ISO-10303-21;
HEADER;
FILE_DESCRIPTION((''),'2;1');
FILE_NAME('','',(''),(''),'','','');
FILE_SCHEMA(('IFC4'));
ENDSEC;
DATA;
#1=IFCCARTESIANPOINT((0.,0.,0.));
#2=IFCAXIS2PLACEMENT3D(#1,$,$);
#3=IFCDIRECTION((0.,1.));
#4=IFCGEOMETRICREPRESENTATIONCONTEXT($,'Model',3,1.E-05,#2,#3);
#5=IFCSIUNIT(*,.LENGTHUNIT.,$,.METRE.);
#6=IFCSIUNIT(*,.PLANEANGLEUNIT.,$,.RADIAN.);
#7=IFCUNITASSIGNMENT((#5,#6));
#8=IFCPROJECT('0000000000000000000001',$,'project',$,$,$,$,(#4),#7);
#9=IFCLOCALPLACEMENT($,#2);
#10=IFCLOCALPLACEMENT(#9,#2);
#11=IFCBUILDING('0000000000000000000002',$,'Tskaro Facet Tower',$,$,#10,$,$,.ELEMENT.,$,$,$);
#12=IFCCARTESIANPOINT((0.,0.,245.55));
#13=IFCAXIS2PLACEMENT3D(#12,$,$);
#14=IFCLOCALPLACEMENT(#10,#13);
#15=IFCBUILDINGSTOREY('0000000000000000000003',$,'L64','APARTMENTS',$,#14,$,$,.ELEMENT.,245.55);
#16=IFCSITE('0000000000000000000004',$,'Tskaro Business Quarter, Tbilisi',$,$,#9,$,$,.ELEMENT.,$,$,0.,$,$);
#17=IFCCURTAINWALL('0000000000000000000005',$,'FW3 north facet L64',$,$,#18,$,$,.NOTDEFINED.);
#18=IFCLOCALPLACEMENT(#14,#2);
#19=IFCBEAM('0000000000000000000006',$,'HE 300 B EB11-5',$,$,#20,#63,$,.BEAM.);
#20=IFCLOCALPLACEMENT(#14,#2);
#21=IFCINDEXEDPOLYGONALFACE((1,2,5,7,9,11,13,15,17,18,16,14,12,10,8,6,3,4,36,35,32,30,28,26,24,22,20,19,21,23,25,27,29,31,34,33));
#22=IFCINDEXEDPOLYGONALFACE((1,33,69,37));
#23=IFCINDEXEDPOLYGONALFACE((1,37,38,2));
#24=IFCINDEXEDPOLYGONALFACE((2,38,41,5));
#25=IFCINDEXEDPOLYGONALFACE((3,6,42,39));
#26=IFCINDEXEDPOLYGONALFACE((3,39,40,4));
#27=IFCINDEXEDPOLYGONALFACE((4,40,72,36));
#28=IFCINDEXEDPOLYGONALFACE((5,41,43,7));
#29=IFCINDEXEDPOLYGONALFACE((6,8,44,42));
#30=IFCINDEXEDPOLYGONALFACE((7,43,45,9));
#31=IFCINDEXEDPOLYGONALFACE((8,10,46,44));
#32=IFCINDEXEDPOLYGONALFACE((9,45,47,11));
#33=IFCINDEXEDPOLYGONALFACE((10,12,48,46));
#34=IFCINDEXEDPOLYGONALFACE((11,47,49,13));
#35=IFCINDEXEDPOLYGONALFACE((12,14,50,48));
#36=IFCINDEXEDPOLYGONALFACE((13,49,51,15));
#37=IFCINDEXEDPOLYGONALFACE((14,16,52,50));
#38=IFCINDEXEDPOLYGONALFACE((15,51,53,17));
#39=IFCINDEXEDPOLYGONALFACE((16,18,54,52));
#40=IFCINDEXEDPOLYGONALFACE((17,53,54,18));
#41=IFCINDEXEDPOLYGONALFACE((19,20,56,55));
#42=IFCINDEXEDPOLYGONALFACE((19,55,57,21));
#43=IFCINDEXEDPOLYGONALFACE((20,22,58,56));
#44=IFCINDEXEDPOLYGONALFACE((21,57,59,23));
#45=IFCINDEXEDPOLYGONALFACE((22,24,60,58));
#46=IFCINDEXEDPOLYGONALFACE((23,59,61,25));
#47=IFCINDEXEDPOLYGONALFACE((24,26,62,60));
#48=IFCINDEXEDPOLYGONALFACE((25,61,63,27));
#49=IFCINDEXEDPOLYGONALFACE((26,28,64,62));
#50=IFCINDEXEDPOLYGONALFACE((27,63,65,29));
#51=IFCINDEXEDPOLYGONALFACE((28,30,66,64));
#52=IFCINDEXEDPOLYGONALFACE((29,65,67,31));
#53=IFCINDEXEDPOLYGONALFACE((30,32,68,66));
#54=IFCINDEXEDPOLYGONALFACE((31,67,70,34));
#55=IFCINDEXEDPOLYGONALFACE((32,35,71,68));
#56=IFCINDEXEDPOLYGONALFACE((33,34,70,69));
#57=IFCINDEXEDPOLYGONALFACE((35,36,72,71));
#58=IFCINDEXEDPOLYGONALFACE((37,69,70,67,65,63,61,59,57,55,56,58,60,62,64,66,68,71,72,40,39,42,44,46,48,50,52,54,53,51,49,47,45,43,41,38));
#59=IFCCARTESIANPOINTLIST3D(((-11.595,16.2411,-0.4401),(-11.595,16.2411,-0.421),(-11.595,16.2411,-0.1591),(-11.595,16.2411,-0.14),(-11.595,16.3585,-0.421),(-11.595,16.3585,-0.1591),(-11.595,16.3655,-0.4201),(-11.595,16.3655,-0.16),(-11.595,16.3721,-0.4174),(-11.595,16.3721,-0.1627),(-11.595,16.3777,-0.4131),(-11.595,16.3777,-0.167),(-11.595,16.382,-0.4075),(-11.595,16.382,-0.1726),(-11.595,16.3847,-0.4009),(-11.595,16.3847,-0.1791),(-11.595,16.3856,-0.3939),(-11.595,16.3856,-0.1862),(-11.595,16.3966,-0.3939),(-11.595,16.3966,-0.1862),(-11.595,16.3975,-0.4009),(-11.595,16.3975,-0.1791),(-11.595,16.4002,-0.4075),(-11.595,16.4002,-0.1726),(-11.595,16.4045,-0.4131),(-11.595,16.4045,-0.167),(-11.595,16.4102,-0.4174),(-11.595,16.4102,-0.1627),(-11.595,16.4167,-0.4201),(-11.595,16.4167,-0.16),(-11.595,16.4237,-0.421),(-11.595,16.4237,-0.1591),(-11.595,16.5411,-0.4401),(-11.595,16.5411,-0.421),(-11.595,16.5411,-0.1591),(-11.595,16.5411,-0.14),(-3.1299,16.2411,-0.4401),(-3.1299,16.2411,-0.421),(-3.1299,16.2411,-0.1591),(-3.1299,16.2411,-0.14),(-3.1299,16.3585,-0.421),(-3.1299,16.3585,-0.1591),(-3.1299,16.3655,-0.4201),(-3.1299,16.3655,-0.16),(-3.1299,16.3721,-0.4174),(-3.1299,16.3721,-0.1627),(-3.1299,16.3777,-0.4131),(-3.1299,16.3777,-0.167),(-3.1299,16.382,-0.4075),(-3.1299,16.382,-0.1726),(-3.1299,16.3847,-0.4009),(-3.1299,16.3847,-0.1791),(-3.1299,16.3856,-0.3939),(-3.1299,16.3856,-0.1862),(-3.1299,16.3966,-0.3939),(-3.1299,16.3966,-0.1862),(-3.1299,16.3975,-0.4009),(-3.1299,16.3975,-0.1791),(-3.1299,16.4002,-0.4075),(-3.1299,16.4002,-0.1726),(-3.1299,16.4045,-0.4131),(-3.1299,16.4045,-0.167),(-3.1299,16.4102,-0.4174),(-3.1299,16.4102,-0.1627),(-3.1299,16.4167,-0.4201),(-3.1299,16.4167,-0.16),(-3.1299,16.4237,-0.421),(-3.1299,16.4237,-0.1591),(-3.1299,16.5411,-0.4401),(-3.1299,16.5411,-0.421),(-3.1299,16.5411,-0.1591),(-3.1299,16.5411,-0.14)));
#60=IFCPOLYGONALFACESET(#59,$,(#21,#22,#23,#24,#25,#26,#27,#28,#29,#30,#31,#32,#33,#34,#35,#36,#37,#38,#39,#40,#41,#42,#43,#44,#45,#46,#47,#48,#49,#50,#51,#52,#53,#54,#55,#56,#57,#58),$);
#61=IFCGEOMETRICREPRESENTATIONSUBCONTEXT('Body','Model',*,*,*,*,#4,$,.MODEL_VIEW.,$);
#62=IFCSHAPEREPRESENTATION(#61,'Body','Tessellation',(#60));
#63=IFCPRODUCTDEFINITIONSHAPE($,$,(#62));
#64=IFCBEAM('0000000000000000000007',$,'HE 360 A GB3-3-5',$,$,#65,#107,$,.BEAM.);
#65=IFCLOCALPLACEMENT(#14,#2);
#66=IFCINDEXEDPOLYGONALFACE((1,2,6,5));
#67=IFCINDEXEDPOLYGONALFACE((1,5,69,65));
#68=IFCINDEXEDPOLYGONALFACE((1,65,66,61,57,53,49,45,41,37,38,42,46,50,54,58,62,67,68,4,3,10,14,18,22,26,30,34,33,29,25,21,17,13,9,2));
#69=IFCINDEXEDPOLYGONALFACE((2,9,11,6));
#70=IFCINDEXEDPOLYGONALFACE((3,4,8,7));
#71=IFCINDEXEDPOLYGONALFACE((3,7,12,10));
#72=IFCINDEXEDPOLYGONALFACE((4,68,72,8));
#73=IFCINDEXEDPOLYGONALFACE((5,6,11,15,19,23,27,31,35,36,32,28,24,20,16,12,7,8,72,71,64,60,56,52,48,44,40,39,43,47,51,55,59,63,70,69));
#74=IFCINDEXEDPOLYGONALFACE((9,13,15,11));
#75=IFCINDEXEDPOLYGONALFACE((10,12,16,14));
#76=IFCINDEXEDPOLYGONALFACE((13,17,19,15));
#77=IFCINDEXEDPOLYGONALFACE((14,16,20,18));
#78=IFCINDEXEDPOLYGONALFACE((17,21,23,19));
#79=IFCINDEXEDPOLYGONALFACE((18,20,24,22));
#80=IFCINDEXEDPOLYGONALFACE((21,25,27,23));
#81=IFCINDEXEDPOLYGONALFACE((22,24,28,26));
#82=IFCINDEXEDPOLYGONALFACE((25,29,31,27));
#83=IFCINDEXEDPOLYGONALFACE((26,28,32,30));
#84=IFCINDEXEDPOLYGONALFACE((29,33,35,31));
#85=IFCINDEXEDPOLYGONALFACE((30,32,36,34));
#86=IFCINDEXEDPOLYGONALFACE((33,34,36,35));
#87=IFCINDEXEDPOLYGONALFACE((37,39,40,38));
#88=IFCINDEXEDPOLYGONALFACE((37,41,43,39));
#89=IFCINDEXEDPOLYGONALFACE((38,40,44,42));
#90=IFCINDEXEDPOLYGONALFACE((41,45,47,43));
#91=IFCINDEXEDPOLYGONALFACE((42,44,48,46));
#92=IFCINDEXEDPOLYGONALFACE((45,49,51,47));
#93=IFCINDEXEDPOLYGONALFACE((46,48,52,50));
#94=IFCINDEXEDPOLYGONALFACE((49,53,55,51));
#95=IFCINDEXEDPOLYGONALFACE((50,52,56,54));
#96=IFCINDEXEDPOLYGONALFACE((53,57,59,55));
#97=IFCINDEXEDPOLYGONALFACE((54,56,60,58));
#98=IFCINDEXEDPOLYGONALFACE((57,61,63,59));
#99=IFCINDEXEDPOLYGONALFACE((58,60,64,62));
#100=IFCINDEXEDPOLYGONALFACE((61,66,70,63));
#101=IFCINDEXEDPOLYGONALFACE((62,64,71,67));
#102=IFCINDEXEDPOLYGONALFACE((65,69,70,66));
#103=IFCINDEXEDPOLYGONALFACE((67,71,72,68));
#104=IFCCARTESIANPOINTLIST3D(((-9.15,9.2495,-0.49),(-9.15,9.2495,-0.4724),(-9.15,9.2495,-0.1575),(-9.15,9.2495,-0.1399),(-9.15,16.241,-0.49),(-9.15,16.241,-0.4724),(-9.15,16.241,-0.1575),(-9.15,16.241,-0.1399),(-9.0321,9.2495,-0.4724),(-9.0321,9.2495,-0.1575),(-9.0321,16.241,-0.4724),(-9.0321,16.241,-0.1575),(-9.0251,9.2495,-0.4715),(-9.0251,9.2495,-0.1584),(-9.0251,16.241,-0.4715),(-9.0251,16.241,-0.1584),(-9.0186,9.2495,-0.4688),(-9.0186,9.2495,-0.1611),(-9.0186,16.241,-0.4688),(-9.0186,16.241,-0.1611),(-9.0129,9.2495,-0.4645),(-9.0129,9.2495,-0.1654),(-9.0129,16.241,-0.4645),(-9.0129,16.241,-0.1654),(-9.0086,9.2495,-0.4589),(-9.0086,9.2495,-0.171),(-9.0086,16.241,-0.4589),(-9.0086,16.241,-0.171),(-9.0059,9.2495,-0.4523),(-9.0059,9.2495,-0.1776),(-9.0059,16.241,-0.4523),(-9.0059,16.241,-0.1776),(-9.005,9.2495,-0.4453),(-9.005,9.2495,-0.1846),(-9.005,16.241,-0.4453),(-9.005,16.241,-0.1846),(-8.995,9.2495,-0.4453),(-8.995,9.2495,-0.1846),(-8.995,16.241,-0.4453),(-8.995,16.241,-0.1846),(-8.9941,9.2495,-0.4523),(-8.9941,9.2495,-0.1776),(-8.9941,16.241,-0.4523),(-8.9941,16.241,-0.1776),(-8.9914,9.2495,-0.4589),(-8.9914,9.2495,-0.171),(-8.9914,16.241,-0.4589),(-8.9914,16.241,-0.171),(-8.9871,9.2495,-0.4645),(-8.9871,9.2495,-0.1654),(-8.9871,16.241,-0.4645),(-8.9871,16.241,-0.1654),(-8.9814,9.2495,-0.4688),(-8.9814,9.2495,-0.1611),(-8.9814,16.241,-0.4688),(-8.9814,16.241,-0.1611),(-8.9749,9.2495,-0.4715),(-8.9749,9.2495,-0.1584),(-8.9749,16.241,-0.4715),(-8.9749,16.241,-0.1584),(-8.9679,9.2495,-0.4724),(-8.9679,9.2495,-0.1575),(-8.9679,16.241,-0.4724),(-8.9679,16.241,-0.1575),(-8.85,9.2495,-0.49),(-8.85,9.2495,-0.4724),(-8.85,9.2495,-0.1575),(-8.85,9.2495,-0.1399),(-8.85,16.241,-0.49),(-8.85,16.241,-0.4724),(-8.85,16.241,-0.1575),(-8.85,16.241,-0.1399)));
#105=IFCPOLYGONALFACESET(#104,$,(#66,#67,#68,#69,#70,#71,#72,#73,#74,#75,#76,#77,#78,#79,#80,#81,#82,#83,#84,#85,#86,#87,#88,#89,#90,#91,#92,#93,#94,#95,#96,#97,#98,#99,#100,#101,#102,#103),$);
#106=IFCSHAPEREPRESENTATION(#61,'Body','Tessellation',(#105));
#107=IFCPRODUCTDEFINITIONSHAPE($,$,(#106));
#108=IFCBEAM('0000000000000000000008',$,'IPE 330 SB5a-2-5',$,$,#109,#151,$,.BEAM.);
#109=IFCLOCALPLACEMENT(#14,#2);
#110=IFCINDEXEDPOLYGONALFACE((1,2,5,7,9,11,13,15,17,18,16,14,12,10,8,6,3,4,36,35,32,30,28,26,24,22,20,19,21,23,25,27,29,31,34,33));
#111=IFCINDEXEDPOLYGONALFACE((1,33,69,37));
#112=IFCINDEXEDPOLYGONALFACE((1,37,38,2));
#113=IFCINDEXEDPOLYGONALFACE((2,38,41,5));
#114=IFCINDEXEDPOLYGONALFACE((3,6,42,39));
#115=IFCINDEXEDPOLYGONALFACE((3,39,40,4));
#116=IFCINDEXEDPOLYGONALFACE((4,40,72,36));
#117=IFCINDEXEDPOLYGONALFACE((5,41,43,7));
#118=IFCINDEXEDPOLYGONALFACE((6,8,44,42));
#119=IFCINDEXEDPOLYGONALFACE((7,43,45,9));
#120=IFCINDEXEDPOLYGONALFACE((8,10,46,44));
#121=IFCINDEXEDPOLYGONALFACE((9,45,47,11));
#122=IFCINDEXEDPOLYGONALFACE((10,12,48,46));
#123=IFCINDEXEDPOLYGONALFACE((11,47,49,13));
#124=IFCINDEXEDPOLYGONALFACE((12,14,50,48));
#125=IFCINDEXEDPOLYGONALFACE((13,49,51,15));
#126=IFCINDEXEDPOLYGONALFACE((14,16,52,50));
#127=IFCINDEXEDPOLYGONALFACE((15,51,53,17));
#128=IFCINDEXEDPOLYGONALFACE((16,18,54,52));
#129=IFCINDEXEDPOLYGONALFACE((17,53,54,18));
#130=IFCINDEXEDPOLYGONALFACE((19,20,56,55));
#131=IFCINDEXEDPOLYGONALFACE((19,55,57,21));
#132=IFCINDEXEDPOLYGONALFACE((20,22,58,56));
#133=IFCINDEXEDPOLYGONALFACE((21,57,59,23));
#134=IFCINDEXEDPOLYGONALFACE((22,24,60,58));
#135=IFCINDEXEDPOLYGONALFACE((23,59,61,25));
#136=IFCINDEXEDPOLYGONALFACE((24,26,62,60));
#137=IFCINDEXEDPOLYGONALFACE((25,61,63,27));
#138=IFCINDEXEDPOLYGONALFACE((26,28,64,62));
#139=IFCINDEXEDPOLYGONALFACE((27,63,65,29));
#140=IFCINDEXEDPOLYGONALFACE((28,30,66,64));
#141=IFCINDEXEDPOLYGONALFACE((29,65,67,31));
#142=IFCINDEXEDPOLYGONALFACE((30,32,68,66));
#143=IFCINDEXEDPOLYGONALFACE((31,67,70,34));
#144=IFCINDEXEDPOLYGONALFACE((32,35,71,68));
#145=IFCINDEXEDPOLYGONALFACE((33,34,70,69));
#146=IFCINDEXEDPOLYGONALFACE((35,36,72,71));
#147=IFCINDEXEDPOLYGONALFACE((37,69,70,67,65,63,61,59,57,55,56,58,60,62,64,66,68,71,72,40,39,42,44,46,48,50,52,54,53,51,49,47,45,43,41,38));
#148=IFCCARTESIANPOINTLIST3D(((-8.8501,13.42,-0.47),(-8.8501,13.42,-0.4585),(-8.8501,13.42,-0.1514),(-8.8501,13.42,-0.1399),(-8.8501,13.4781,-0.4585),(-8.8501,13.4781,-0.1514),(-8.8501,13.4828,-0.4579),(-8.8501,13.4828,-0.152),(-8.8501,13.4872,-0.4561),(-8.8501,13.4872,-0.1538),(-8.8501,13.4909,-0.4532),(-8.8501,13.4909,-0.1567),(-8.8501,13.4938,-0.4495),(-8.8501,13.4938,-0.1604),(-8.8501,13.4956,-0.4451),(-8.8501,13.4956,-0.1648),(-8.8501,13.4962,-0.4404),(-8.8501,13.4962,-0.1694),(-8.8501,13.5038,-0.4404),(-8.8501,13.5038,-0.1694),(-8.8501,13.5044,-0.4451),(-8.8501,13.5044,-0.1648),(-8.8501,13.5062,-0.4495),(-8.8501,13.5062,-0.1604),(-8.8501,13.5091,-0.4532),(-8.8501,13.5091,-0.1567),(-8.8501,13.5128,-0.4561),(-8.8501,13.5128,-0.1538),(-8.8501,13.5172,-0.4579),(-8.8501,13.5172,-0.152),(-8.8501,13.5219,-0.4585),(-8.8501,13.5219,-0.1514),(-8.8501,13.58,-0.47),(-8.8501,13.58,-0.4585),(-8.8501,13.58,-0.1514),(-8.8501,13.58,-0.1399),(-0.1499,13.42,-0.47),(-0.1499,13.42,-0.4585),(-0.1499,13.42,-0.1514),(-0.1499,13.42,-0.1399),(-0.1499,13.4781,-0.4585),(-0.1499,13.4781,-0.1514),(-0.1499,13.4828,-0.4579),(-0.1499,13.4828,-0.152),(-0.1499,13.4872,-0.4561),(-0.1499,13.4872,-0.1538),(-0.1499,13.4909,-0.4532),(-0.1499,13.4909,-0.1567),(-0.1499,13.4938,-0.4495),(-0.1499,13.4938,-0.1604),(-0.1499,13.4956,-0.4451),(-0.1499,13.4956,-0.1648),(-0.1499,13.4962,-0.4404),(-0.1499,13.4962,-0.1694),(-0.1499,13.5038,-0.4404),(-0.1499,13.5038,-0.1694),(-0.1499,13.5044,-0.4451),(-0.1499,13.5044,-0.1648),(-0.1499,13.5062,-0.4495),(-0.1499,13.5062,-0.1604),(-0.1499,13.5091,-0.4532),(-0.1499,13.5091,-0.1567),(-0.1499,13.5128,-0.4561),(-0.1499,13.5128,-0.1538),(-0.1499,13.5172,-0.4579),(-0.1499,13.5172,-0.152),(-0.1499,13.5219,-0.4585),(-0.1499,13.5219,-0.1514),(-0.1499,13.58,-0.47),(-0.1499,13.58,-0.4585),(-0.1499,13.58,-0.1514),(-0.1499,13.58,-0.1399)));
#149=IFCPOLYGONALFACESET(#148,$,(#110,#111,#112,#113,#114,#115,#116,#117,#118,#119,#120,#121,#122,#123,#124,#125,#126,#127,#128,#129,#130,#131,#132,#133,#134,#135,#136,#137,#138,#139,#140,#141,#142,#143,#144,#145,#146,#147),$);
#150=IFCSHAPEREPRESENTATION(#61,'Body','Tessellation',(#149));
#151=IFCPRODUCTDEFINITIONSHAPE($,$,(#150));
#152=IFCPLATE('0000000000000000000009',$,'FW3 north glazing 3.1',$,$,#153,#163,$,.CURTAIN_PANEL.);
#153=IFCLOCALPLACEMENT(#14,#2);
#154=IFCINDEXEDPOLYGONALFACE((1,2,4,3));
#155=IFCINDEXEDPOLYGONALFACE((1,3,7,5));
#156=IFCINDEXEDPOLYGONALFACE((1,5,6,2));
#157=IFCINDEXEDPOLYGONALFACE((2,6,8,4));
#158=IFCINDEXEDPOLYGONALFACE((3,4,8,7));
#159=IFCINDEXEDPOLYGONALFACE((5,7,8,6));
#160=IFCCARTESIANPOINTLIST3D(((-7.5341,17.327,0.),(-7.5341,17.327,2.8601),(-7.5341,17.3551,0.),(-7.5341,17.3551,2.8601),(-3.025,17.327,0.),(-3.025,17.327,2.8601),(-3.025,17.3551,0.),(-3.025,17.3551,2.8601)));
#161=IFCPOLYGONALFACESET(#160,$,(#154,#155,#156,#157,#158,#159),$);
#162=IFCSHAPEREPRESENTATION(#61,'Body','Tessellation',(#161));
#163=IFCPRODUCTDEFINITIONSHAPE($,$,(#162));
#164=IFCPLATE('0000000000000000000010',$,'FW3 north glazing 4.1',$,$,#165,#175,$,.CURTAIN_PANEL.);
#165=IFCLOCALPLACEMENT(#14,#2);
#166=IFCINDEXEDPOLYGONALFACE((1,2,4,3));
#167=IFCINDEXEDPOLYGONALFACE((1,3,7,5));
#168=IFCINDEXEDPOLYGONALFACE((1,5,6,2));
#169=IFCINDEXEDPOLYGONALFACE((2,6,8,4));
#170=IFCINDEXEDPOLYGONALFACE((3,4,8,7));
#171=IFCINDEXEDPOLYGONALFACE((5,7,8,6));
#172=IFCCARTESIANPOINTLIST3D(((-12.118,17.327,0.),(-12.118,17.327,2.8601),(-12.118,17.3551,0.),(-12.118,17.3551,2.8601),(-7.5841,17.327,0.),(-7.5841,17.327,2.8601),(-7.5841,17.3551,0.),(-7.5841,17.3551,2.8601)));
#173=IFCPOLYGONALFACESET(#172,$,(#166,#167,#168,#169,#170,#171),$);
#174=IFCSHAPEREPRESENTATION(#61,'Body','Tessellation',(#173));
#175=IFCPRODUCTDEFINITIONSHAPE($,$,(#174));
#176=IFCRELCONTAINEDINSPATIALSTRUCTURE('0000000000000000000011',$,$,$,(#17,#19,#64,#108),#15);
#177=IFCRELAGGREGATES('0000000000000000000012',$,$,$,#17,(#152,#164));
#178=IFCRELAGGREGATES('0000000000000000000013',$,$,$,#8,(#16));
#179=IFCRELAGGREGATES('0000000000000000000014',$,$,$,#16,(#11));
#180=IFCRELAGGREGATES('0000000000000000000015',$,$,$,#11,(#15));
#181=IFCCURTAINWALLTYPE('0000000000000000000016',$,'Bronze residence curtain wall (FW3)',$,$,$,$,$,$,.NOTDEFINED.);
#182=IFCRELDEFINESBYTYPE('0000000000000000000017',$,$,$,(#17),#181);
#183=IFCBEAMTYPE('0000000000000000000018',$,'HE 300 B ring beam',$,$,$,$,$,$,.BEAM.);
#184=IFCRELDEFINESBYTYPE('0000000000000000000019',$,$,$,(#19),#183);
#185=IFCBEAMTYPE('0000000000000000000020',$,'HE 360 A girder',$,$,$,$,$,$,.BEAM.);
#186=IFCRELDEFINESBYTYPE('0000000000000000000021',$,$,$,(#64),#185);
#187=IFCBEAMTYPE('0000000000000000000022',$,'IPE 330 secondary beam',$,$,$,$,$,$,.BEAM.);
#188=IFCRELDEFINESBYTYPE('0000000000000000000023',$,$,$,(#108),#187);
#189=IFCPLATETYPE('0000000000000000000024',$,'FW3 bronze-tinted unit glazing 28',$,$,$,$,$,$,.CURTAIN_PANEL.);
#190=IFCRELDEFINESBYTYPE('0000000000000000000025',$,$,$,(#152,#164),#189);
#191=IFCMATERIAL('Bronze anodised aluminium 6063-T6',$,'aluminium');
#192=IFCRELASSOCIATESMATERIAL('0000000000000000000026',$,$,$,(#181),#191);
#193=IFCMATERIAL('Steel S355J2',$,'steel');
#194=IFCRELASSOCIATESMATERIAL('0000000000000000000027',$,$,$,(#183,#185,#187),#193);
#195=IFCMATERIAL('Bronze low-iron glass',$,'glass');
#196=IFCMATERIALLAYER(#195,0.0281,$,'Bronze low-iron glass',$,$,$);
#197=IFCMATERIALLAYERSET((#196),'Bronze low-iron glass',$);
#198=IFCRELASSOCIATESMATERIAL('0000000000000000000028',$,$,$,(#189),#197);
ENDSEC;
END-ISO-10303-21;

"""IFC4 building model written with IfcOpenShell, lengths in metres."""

from ifc_helpers import new_model, si_unit, direction, frame, origin, origin_2d, place, context, subcontext, project, spatial, rectangle, i_section, extrude, material, layer, layer_set, material_profile, profile_set, type_object, element, aggregate, save


model = new_model("IFC4")

# Units and contexts
model_context = context("Model", 3, precision=1e-05, world=origin(), true_north=direction((0.0, 1.0)))
body_context = subcontext(model_context, "Body", "Model", "MODEL_VIEW")
ifc_project = project(units=[si_unit("LENGTHUNIT", "METRE"), si_unit("PLANEANGLEUNIT", "RADIAN")], contexts=[model_context])

# Site, building, storey
site_placement = place(None, origin())
site = spatial("IfcSite", under=ifc_project, at=site_placement, Name="Tskaro Business Quarter, Tbilisi", CompositionType="ELEMENT", RefElevation=0.0)
building_placement = place(site_placement, origin())
building = spatial("IfcBuilding", under=site, at=building_placement, Name="Tskaro Facet Tower", CompositionType="ELEMENT")
storey_placement = place(building_placement, frame((0.0, 0.0, 245.55)))
storey = spatial("IfcBuildingStorey", under=building, at=storey_placement, Name="L64", Description="APARTMENTS", CompositionType="ELEMENT", Elevation=245.55)

# Shared definitions
ifc_material_1 = material(Name="Steel S355J2", Category="steel")

# Curtain wall
ifc_material_2 = material(Name="Bronze anodised aluminium 6063-T6", Category="aluminium")
curtain_wall_type = type_object("IfcCurtainWallType", Name="Bronze residence curtain wall (FW3)", PredefinedType="NOTDEFINED", material=ifc_material_2)
curtain_wall_placement = place(storey_placement, origin())
curtain_wall = element("IfcCurtainWall", 1, at=curtain_wall_placement, inside=storey, type_object=curtain_wall_type, Name="FW3 north facet L64", PredefinedType="NOTDEFINED")

# Beams
ifc_material_profile_1 = material_profile(ifc_material_1, i_section(OverallWidth=0.3, OverallDepth=0.3, WebThickness=0.011, FlangeThickness=0.019, FilletRadius=0.0271, at=origin_2d()), Name="HE 300 B")
ifc_profile_set_1 = profile_set([ifc_material_profile_1], Name="Steel S355J2")
beam_type_1 = type_object("IfcBeamType", Name="HE 300 B ring beam", PredefinedType="BEAM", material=ifc_profile_set_1)
beam_1_placement = place(storey_placement, frame((-3.1299, 16.3911, -0.29), z_axis=(-1.0, 0.0, 0.0), x_axis=(0.0, -1.0, 0.0)))
element("IfcBeam", 2, at=beam_1_placement, inside=storey, type_object=beam_type_1, Name="HE 300 B EB11-5", PredefinedType="BEAM", context=body_context, shape_type="SweptSolid", body=[
    extrude(i_section(OverallWidth=0.3, OverallDepth=0.3, WebThickness=0.011, FlangeThickness=0.019, FilletRadius=0.0271, at=origin_2d()), origin(), (0.0, 0.0, 1.0), 8.4651),
])
ifc_material_profile_2 = material_profile(ifc_material_1, i_section(OverallWidth=0.3, OverallDepth=0.3501, WebThickness=0.01, FlangeThickness=0.0176, FilletRadius=0.0271, at=origin_2d()), Name="HE 360 A")
ifc_profile_set_2 = profile_set([ifc_material_profile_2], Name="Steel S355J2")
beam_type_2 = type_object("IfcBeamType", Name="HE 360 A girder", PredefinedType="BEAM", material=ifc_profile_set_2)
beam_2_placement = place(storey_placement, frame((-9.0, 9.2495, -0.3149), z_axis=(0.0, 1.0, 0.0), x_axis=(-1.0, 0.0, 0.0)))
element("IfcBeam", 3, at=beam_2_placement, inside=storey, type_object=beam_type_2, Name="HE 360 A GB3-3-5", PredefinedType="BEAM", context=body_context, shape_type="SweptSolid", body=[
    extrude(i_section(OverallWidth=0.3, OverallDepth=0.3501, WebThickness=0.01, FlangeThickness=0.0176, FilletRadius=0.0271, at=origin_2d()), origin(), (0.0, 0.0, 1.0), 6.9915),
])
ifc_material_profile_3 = material_profile(ifc_material_1, i_section(OverallWidth=0.1599, OverallDepth=0.3301, WebThickness=0.0076, FlangeThickness=0.0115, FilletRadius=0.0181, at=origin_2d()), Name="IPE 330")
ifc_profile_set_3 = profile_set([ifc_material_profile_3], Name="Steel S355J2")
beam_type_3 = type_object("IfcBeamType", Name="IPE 330 secondary beam", PredefinedType="BEAM", material=ifc_profile_set_3)
beam_3_placement = place(storey_placement, frame((-8.8501, 13.5, -0.3049), z_axis=(1.0, 0.0, 0.0), x_axis=(0.0, 1.0, 0.0)))
element("IfcBeam", 4, at=beam_3_placement, inside=storey, type_object=beam_type_3, Name="IPE 330 SB5a-2-5", PredefinedType="BEAM", context=body_context, shape_type="SweptSolid", body=[
    extrude(i_section(OverallWidth=0.1599, OverallDepth=0.3301, WebThickness=0.0076, FlangeThickness=0.0115, FilletRadius=0.0181, at=origin_2d()), origin(), (0.0, 0.0, 1.0), 8.7002),
])

# Plates
ifc_material_3 = material(Name="Bronze low-iron glass", Category="glass")
ifc_layer_1 = layer(ifc_material_3, 0.0281, Name="Bronze low-iron glass")
ifc_layer_set_1 = layer_set([ifc_layer_1], Name="Bronze low-iron glass")
plate_type = type_object("IfcPlateType", Name="FW3 bronze-tinted unit glazing 28", PredefinedType="CURTAIN_PANEL", material=ifc_layer_set_1)
plate_1_placement = place(storey_placement, frame((-5.2795, 17.3411, 0.0), z_axis=(0.0, 0.0, 1.0), x_axis=(-1.0, 0.0, 0.0)))
plate_1 = element("IfcPlate", 5, at=plate_1_placement, type_object=plate_type, Name="FW3 north glazing 3.1", PredefinedType="CURTAIN_PANEL", context=body_context, shape_type="SweptSolid", body=[
    extrude(rectangle(XDim=4.509, YDim=0.0281, at=origin_2d()), origin(), (0.0, 0.0, 1.0), 2.8601),
])
plate_2_placement = place(storey_placement, frame((-9.8511, 17.3411, 0.0), z_axis=(0.0, 0.0, 1.0), x_axis=(-1.0, 0.0, 0.0)))
plate_2 = element("IfcPlate", 6, at=plate_2_placement, type_object=plate_type, Name="FW3 north glazing 4.1", PredefinedType="CURTAIN_PANEL", context=body_context, shape_type="SweptSolid", body=[
    extrude(rectangle(XDim=4.5339, YDim=0.0281, at=origin_2d()), origin(), (0.0, 0.0, 1.0), 2.8601),
])
aggregate(curtain_wall, [plate_1, plate_2])

save(model, "model.ifc")
